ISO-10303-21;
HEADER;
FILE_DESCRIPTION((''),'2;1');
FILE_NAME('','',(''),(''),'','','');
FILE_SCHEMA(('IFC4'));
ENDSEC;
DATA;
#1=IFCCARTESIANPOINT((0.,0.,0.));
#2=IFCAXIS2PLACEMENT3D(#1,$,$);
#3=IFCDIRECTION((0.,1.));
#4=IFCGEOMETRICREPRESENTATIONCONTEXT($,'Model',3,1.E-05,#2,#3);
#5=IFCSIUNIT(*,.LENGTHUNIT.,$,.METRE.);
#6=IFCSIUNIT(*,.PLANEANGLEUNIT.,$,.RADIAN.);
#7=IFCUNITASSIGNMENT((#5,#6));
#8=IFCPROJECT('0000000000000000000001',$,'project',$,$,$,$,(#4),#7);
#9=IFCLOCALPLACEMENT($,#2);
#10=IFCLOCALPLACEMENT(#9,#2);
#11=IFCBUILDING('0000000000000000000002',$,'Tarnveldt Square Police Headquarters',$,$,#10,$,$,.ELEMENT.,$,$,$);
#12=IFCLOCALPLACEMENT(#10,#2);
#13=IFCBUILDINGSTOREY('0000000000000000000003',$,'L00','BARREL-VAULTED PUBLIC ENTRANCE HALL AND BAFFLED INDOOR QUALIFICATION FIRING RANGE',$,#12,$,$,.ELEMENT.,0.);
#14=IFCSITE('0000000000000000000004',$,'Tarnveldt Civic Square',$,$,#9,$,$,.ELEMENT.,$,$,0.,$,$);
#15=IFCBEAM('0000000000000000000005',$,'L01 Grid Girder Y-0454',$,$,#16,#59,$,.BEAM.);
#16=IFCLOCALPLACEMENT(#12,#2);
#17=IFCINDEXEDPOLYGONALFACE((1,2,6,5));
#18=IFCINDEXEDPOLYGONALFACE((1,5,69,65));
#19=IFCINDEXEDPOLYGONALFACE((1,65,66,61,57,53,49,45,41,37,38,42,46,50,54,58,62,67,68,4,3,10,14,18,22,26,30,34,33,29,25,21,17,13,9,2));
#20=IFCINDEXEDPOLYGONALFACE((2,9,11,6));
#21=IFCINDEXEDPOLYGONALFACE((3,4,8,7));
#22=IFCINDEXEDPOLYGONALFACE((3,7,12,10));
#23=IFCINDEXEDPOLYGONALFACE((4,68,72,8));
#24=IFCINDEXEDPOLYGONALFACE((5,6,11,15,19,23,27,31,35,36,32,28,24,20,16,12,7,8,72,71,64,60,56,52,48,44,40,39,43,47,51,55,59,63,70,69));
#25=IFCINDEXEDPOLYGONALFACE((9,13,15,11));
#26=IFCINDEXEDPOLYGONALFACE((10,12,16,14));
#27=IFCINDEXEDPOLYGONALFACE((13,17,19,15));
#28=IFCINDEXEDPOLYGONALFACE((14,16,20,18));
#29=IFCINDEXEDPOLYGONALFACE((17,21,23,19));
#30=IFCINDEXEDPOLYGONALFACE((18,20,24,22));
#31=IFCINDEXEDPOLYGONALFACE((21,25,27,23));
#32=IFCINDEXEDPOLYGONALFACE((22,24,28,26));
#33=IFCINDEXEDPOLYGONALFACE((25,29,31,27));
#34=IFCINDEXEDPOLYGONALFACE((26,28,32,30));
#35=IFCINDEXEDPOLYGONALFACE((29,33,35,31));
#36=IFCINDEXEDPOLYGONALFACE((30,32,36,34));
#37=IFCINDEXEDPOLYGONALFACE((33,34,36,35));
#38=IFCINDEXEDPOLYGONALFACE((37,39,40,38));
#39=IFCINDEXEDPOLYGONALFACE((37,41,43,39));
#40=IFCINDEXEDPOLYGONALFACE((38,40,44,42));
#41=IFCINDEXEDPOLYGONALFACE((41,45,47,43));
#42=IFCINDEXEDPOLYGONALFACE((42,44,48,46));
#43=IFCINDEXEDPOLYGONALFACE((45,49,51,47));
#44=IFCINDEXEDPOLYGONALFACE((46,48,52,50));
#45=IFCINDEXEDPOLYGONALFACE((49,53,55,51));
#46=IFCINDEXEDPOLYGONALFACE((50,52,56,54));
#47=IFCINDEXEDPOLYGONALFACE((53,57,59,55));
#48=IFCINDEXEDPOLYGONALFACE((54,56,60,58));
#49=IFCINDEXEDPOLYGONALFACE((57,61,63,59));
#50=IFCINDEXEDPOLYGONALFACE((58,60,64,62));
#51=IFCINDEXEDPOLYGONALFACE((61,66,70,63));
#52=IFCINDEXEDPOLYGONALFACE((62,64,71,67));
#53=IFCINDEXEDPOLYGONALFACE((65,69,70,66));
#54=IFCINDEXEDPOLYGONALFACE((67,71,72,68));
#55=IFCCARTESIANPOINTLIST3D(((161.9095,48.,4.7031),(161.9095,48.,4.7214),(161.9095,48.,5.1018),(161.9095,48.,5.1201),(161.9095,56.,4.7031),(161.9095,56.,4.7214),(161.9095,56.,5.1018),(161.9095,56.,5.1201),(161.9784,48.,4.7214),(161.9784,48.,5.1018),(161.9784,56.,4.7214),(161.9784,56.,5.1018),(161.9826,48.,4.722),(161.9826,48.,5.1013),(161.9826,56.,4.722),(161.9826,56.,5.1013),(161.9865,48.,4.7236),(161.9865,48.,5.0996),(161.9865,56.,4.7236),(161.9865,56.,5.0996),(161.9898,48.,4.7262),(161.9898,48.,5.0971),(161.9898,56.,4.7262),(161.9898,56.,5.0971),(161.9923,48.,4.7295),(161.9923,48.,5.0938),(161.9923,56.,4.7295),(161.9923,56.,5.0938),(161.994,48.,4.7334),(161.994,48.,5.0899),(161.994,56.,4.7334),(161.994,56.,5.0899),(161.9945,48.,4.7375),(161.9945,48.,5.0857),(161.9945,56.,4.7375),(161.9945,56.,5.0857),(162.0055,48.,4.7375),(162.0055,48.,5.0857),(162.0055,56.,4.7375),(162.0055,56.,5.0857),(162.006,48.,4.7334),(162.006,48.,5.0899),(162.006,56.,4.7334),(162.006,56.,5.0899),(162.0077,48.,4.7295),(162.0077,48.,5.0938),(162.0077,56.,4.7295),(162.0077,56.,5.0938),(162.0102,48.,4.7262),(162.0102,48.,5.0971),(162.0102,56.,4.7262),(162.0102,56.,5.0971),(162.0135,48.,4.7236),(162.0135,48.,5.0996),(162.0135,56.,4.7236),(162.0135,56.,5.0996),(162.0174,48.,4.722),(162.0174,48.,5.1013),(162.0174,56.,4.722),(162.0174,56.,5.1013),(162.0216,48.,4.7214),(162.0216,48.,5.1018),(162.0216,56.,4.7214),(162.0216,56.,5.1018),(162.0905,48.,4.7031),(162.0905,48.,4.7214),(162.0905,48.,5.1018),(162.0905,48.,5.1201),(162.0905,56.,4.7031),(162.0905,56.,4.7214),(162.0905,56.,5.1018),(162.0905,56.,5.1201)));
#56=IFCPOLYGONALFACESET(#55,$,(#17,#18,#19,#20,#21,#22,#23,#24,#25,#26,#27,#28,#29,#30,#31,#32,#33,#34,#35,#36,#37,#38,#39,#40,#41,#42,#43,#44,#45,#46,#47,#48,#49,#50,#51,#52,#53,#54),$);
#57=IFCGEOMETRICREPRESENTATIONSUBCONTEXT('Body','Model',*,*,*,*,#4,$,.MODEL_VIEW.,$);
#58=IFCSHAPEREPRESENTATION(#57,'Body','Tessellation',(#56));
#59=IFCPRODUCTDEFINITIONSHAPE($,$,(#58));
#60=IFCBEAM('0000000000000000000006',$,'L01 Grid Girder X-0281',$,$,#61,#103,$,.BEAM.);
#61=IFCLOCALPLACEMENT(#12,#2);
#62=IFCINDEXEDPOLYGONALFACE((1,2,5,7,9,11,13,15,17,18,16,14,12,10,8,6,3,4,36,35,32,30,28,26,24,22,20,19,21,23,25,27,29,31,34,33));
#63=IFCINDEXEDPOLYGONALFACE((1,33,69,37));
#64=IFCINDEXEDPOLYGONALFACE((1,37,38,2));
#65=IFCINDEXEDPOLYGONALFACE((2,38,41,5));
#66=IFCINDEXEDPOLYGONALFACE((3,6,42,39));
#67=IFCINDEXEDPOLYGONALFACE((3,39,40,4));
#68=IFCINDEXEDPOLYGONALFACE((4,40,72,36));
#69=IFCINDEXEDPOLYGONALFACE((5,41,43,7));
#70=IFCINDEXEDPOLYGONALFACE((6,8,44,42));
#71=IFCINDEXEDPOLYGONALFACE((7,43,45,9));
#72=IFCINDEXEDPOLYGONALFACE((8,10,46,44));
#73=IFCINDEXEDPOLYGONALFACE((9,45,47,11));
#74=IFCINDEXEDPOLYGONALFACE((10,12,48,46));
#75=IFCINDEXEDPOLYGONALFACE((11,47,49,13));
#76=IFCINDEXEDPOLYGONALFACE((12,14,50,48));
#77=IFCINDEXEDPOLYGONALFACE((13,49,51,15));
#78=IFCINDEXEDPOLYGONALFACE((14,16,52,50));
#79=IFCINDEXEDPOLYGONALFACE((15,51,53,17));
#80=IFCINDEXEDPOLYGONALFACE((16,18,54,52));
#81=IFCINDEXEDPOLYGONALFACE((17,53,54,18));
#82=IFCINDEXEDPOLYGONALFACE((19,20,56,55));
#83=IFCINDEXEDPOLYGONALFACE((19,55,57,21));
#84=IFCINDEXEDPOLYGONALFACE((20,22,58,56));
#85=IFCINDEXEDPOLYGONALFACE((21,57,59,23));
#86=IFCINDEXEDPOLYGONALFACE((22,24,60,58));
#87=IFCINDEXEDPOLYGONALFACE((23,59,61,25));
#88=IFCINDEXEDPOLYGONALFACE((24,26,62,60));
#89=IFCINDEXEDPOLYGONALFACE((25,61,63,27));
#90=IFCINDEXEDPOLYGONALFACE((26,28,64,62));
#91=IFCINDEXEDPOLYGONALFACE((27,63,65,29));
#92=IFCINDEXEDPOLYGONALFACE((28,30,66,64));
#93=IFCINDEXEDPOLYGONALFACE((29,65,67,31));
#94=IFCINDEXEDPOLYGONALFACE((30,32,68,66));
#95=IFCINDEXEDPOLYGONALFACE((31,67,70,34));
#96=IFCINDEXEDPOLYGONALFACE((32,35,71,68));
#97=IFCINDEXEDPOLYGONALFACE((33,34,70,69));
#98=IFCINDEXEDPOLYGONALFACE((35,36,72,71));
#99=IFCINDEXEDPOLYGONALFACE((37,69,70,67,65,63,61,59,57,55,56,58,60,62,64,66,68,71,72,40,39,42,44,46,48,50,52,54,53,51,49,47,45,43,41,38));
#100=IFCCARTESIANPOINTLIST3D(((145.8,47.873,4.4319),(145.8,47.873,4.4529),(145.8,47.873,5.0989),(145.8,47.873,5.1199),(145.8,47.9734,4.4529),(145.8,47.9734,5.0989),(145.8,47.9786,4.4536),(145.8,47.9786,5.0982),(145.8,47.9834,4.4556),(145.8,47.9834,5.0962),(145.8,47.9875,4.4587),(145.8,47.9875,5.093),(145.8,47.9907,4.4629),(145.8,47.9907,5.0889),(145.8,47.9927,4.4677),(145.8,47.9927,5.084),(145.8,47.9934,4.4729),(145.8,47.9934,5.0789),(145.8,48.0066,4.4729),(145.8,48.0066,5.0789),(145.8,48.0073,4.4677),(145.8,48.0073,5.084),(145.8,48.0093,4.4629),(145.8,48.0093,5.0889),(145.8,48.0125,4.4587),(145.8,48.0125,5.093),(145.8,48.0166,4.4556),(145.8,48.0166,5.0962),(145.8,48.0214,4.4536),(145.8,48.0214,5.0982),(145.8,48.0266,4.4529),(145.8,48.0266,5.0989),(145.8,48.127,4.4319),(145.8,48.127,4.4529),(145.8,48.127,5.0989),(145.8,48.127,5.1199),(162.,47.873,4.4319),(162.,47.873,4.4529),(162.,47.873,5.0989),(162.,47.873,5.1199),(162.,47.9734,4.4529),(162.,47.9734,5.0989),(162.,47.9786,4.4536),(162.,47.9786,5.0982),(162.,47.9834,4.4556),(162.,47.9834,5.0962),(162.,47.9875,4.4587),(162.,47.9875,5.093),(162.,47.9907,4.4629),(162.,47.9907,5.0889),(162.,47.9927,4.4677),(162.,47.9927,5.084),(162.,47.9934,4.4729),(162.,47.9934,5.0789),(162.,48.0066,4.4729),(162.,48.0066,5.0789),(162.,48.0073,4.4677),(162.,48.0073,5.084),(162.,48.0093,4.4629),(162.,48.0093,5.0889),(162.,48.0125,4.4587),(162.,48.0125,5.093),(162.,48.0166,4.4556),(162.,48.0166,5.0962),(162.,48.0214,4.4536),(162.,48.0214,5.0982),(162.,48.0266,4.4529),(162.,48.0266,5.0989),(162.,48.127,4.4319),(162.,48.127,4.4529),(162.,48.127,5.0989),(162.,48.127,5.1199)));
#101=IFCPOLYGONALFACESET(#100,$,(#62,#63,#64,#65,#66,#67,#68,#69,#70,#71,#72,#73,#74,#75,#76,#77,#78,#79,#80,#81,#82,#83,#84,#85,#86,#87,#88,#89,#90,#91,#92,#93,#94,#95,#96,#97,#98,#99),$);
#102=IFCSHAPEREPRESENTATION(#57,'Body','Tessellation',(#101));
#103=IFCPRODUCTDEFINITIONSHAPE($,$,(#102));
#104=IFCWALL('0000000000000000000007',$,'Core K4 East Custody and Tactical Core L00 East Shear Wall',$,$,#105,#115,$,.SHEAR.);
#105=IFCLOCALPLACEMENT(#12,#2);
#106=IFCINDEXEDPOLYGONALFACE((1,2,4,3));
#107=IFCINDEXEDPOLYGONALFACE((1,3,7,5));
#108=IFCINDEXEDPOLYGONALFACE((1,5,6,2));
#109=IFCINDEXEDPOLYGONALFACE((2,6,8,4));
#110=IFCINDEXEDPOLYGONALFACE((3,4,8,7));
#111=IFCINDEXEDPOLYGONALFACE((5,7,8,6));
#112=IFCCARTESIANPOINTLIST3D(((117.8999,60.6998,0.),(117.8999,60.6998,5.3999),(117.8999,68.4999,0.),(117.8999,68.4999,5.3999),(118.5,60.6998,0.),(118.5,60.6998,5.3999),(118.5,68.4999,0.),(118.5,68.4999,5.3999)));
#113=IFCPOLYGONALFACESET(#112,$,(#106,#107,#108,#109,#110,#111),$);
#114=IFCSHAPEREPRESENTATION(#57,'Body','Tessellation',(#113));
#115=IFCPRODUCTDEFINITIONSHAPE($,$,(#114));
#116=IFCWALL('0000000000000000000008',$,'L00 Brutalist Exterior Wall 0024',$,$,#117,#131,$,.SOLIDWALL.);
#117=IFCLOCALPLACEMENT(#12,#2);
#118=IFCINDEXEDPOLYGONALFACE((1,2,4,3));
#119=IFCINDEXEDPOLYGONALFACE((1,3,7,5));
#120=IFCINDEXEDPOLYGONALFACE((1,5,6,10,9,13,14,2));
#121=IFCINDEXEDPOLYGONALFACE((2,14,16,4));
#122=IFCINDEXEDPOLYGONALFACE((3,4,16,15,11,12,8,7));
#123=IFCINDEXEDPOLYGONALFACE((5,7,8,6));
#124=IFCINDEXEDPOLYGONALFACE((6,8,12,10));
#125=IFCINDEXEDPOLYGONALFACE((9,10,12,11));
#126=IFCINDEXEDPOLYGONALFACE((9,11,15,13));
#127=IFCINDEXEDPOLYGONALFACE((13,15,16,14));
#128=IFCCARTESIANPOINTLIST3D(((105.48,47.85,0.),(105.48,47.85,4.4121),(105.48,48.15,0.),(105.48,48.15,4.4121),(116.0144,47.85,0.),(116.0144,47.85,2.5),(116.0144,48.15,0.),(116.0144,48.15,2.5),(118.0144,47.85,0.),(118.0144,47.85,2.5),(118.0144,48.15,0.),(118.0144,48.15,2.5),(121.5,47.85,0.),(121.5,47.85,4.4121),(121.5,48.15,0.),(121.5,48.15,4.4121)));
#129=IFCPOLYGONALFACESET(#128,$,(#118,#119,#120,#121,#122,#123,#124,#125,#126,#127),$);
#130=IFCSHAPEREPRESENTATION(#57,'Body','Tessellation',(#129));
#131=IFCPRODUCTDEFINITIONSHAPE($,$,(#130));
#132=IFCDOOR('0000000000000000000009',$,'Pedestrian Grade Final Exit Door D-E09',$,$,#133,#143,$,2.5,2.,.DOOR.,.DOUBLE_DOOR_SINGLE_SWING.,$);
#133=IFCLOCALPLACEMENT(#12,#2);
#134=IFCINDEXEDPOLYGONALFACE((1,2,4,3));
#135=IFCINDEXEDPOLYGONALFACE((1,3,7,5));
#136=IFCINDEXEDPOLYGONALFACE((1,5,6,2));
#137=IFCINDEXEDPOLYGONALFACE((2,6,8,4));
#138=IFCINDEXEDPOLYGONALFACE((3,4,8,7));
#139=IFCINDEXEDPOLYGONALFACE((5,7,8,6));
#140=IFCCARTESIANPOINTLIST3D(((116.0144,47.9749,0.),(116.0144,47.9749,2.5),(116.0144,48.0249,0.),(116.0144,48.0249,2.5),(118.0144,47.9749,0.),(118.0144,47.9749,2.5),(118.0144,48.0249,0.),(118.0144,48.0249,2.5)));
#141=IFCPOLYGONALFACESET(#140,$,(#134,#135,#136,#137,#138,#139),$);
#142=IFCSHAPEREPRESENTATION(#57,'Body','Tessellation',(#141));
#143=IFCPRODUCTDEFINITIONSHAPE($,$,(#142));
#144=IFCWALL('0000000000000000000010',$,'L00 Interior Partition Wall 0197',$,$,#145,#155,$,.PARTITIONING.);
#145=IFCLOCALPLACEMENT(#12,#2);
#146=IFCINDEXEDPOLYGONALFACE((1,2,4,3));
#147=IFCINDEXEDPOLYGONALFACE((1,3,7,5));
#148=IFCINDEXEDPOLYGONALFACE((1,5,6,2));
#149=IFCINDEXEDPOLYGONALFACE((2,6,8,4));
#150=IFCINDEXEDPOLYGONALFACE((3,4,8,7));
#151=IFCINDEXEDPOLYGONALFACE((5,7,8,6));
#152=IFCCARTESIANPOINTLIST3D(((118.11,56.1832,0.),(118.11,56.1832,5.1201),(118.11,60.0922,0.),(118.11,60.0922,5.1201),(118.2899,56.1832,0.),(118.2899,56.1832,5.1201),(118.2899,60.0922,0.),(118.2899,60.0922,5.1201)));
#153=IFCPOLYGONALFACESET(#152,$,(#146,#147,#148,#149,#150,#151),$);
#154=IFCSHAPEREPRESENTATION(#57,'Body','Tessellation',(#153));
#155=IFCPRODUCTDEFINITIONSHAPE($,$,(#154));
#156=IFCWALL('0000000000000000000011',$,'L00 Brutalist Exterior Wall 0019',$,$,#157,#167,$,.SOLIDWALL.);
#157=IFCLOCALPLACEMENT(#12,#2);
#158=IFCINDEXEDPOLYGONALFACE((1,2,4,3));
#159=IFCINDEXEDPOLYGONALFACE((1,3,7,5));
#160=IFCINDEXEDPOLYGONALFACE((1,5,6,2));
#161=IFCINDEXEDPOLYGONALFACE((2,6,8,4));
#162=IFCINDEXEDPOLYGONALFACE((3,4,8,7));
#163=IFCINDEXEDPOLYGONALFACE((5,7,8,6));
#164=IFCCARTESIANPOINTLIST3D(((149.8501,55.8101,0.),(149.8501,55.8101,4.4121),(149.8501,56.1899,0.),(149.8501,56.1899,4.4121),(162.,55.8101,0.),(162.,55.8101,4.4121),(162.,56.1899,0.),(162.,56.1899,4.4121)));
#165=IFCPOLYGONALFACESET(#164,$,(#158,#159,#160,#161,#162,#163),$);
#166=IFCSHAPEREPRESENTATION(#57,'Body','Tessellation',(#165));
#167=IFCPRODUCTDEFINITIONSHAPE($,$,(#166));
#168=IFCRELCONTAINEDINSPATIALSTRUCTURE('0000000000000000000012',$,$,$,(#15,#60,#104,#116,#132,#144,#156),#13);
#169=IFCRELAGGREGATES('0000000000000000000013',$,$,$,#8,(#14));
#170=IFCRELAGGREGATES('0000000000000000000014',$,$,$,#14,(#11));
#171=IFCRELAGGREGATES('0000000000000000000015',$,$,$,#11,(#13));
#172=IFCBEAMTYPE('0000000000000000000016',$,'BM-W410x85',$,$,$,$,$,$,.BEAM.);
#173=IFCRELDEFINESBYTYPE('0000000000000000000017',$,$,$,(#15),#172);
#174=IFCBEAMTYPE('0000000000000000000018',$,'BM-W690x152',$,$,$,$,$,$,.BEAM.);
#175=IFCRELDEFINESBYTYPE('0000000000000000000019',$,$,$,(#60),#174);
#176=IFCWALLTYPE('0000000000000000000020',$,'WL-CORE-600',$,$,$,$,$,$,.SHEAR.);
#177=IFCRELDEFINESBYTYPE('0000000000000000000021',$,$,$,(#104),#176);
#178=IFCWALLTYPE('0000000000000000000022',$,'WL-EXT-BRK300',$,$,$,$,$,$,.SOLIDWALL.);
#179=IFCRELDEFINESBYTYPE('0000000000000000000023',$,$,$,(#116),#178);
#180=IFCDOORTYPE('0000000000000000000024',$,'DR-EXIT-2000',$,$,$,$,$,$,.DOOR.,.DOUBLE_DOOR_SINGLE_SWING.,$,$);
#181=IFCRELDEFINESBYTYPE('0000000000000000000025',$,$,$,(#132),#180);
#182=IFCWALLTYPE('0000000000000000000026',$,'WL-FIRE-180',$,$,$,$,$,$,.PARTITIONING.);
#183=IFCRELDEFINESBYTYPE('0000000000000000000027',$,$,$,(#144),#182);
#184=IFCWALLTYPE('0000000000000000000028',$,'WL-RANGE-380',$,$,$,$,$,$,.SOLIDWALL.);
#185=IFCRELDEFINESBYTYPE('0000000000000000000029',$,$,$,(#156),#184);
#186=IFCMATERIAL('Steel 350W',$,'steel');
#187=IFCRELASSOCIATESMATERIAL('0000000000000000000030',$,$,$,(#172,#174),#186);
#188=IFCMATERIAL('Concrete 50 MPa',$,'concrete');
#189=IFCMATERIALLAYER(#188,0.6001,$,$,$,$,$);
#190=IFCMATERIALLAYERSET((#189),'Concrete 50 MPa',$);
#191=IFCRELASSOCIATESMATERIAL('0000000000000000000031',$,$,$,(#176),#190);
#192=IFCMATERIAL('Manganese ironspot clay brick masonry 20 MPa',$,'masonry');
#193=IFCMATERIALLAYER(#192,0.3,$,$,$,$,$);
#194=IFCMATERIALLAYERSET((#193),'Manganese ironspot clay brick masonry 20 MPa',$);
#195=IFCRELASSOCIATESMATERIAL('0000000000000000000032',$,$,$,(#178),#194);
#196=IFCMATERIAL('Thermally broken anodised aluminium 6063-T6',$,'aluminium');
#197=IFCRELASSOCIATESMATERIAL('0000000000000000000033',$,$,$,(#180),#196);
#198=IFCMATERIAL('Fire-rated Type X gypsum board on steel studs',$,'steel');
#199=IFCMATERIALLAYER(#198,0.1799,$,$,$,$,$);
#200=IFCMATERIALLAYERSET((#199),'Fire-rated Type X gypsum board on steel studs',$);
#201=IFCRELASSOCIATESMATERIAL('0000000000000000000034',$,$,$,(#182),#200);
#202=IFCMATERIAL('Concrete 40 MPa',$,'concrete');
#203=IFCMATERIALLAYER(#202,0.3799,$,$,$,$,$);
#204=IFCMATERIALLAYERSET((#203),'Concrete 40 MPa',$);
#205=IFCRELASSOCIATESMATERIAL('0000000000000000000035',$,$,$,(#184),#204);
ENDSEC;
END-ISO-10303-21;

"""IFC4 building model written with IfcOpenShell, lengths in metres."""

from ifc_helpers import new_model, si_unit, direction, frame, frame_2d, origin, origin_2d, place, context, subcontext, project, spatial, rectangle, i_section, extrude, material, layer, layer_set, material_profile, profile_set, type_object, element, fill, save


model = new_model("IFC4")

# Units and contexts
model_context = context("Model", 3, precision=1e-05, world=origin(), true_north=direction((0.0, 1.0)))
body_context = subcontext(model_context, "Body", "Model", "MODEL_VIEW")
ifc_project = project(units=[si_unit("LENGTHUNIT", "METRE"), si_unit("PLANEANGLEUNIT", "RADIAN")], contexts=[model_context])

# Site, building, storey
site_placement = place(None, origin())
site = spatial("IfcSite", under=ifc_project, at=site_placement, Name="Tarnveldt Civic Square", CompositionType="ELEMENT", RefElevation=0.0)
building_placement = place(site_placement, origin())
building = spatial("IfcBuilding", under=site, at=building_placement, Name="Tarnveldt Square Police Headquarters", CompositionType="ELEMENT")
storey_placement = place(building_placement, origin())
storey = spatial("IfcBuildingStorey", under=building, at=storey_placement, Name="L00", Description="BARREL-VAULTED PUBLIC ENTRANCE HALL AND BAFFLED INDOOR QUALIFICATION FIRING RANGE", CompositionType="ELEMENT", Elevation=0.0)

# Shared definitions
ifc_material_1 = material(Name="Concrete 50 MPa", Category="concrete")

# Beams
ifc_material_2 = material(Name="Concrete 40 MPa", Category="concrete")
ifc_material_3 = material(Name="Steel 350W", Category="steel")
ifc_material_profile_1 = material_profile(ifc_material_3, i_section(OverallWidth=0.1809, OverallDepth=0.417, WebThickness=0.011, FlangeThickness=0.0183, FilletRadius=0.0161, at=origin_2d()), Name="W410x85")
ifc_profile_set_1 = profile_set([ifc_material_profile_1], Name="Steel 350W")
beam_type_1 = type_object("IfcBeamType", Name="BM-W410x85", PredefinedType="BEAM", material=ifc_profile_set_1)
for number, where, z_axis, x_axis, name in (
    (1, (162.0, 48.0, 4.9116), (0.0, 1.0, 0.0), (-1.0, 0.0, 0.0), "L01 Grid Girder Y-0454"),
):
    element("IfcBeam", number, at=place(storey_placement, frame(where, z_axis=z_axis, x_axis=x_axis)), inside=storey, type_object=beam_type_1, Name=name, PredefinedType="BEAM", context=body_context, shape_type="SweptSolid", body=[
        extrude(i_section(OverallWidth=0.1809, OverallDepth=0.417, WebThickness=0.011, FlangeThickness=0.0183, FilletRadius=0.0161, at=origin_2d()), origin(), (0.0, 0.0, 1.0), 8.0),
    ])
ifc_material_profile_2 = material_profile(ifc_material_3, i_section(OverallWidth=0.2539, OverallDepth=0.688, WebThickness=0.0132, FlangeThickness=0.021, FilletRadius=0.02, at=origin_2d()), Name="W690x152")
ifc_profile_set_2 = profile_set([ifc_material_profile_2], Name="Steel 350W")
beam_type_2 = type_object("IfcBeamType", Name="BM-W690x152", PredefinedType="BEAM", material=ifc_profile_set_2)
beam_1_placement = place(storey_placement, frame((145.8, 48.0, 4.7759), z_axis=(1.0, 0.0, 0.0), x_axis=(0.0, 1.0, 0.0)))
element("IfcBeam", 2, at=beam_1_placement, inside=storey, type_object=beam_type_2, Name="L01 Grid Girder X-0281", PredefinedType="BEAM", context=body_context, shape_type="SweptSolid", body=[
    extrude(i_section(OverallWidth=0.2539, OverallDepth=0.688, WebThickness=0.0132, FlangeThickness=0.021, FilletRadius=0.02, at=origin_2d()), origin(), (0.0, 0.0, 1.0), 16.2),
])

# Wall
ifc_layer_1 = layer(ifc_material_1, 0.6001)
ifc_layer_set_1 = layer_set([ifc_layer_1], Name="Concrete 50 MPa")
wall_type_1 = type_object("IfcWallType", Name="WL-CORE-600", PredefinedType="SHEAR", material=ifc_layer_set_1)
wall_1_placement = place(storey_placement, frame((118.2, 60.7, 0.0), z_axis=(0.0, 0.0, 1.0), x_axis=(0.0, 1.0, 0.0)))
element("IfcWall", 3, at=wall_1_placement, inside=storey, type_object=wall_type_1, Name="Core K4 East Custody and Tactical Core L00 East Shear Wall", PredefinedType="SHEAR", context=body_context, shape_type="SweptSolid", body=[
    extrude(rectangle(XDim=7.8, YDim=0.6001, at=frame_2d((3.8999, 0.0))), origin(), (0.0, 0.0, 1.0), 5.3999),
])

# Wall, opening, door
ifc_material_4 = material(Name="Manganese ironspot clay brick masonry 20 MPa", Category="masonry")
ifc_layer_2 = layer(ifc_material_4, 0.3)
ifc_layer_set_2 = layer_set([ifc_layer_2], Name="Manganese ironspot clay brick masonry 20 MPa")
wall_type_2 = type_object("IfcWallType", Name="WL-EXT-BRK300", PredefinedType="SOLIDWALL", material=ifc_layer_set_2)
wall_2_placement = place(storey_placement, frame((121.5, 48.0, 0.0), z_axis=(0.0, 0.0, 1.0), x_axis=(-1.0, 0.0, 0.0)))
wall_2 = element("IfcWall", 4, at=wall_2_placement, inside=storey, type_object=wall_type_2, Name="L00 Brutalist Exterior Wall 0024", PredefinedType="SOLIDWALL", context=body_context, shape_type="SweptSolid", body=[
    extrude(rectangle(XDim=16.02, YDim=0.3, at=frame_2d((8.01, 0.0))), origin(), (0.0, 0.0, 1.0), 4.4121),
])
opening_1_placement = place(wall_2_placement, frame((3.4856, 0.0, 0.0)))
opening_1 = element("IfcOpeningElement", 5, at=opening_1_placement, cuts=wall_2, PredefinedType="OPENING", context=body_context, shape_type="SweptSolid", body=[
    extrude(rectangle(XDim=2.0, YDim=2.5, at=frame_2d((1.0, 1.25))), frame((0.0, 0.1599, 0.0), z_axis=(0.0, -1.0, 0.0), x_axis=(1.0, 0.0, 0.0)), (0.0, 0.0, 1.0), 0.3201),
])
ifc_material_5 = material(Name="Thermally broken anodised aluminium 6063-T6", Category="aluminium")
door_type_1 = type_object("IfcDoorType", Name="DR-EXIT-2000", OperationType="DOUBLE_DOOR_SINGLE_SWING", PredefinedType="DOOR", material=ifc_material_5)
door_1_placement = place(opening_1_placement, frame((2.0, 0.0, 0.0), z_axis=(0.0, 0.0, 1.0), x_axis=(-1.0, 0.0, 0.0)))
door_1 = element("IfcDoor", 6, at=door_1_placement, inside=storey, type_object=door_type_1, Name="Pedestrian Grade Final Exit Door D-E09", OperationType="DOUBLE_DOOR_SINGLE_SWING", OverallHeight=2.5, OverallWidth=2.0, PredefinedType="DOOR", context=body_context, shape_type="SweptSolid", body=[
    extrude(rectangle(XDim=2.0, YDim=2.5, at=frame_2d((1.0, 1.25))), frame((0.0, 0.0249, 0.0), z_axis=(0.0, -1.0, 0.0), x_axis=(1.0, 0.0, 0.0)), (0.0, 0.0, 1.0), 0.05),
])
fill(opening_1, door_1)

# Walls
ifc_material_6 = material(Name="Fire-rated Type X gypsum board on steel studs", Category="steel")
ifc_layer_3 = layer(ifc_material_6, 0.1799)
ifc_layer_set_3 = layer_set([ifc_layer_3], Name="Fire-rated Type X gypsum board on steel studs")
wall_type_3 = type_object("IfcWallType", Name="WL-FIRE-180", PredefinedType="PARTITIONING", material=ifc_layer_set_3)
wall_3_placement = place(storey_placement, frame((118.2, 56.1831, 0.0), z_axis=(0.0, 0.0, 1.0), x_axis=(0.0, 1.0, 0.0)))
element("IfcWall", 7, at=wall_3_placement, inside=storey, type_object=wall_type_3, Name="L00 Interior Partition Wall 0197", PredefinedType="PARTITIONING", context=body_context, shape_type="SweptSolid", body=[
    extrude(rectangle(XDim=3.9089, YDim=0.1799, at=frame_2d((1.9546, 0.0))), origin(), (0.0, 0.0, 1.0), 5.1201),
])
ifc_layer_4 = layer(ifc_material_2, 0.3799)
ifc_layer_set_4 = layer_set([ifc_layer_4], Name="Concrete 40 MPa")
wall_type_4 = type_object("IfcWallType", Name="WL-RANGE-380", PredefinedType="SOLIDWALL", material=ifc_layer_set_4)
wall_4_placement = place(storey_placement, frame((162.0, 56.0, 0.0), z_axis=(0.0, 0.0, 1.0), x_axis=(-1.0, 0.0, 0.0)))
element("IfcWall", 8, at=wall_4_placement, inside=storey, type_object=wall_type_4, Name="L00 Brutalist Exterior Wall 0019", PredefinedType="SOLIDWALL", context=body_context, shape_type="SweptSolid", body=[
    extrude(rectangle(XDim=12.1499, YDim=0.3799, at=frame_2d((6.075, 0.0))), origin(), (0.0, 0.0, 1.0), 4.4121),
])

save(model, "model.ifc")
